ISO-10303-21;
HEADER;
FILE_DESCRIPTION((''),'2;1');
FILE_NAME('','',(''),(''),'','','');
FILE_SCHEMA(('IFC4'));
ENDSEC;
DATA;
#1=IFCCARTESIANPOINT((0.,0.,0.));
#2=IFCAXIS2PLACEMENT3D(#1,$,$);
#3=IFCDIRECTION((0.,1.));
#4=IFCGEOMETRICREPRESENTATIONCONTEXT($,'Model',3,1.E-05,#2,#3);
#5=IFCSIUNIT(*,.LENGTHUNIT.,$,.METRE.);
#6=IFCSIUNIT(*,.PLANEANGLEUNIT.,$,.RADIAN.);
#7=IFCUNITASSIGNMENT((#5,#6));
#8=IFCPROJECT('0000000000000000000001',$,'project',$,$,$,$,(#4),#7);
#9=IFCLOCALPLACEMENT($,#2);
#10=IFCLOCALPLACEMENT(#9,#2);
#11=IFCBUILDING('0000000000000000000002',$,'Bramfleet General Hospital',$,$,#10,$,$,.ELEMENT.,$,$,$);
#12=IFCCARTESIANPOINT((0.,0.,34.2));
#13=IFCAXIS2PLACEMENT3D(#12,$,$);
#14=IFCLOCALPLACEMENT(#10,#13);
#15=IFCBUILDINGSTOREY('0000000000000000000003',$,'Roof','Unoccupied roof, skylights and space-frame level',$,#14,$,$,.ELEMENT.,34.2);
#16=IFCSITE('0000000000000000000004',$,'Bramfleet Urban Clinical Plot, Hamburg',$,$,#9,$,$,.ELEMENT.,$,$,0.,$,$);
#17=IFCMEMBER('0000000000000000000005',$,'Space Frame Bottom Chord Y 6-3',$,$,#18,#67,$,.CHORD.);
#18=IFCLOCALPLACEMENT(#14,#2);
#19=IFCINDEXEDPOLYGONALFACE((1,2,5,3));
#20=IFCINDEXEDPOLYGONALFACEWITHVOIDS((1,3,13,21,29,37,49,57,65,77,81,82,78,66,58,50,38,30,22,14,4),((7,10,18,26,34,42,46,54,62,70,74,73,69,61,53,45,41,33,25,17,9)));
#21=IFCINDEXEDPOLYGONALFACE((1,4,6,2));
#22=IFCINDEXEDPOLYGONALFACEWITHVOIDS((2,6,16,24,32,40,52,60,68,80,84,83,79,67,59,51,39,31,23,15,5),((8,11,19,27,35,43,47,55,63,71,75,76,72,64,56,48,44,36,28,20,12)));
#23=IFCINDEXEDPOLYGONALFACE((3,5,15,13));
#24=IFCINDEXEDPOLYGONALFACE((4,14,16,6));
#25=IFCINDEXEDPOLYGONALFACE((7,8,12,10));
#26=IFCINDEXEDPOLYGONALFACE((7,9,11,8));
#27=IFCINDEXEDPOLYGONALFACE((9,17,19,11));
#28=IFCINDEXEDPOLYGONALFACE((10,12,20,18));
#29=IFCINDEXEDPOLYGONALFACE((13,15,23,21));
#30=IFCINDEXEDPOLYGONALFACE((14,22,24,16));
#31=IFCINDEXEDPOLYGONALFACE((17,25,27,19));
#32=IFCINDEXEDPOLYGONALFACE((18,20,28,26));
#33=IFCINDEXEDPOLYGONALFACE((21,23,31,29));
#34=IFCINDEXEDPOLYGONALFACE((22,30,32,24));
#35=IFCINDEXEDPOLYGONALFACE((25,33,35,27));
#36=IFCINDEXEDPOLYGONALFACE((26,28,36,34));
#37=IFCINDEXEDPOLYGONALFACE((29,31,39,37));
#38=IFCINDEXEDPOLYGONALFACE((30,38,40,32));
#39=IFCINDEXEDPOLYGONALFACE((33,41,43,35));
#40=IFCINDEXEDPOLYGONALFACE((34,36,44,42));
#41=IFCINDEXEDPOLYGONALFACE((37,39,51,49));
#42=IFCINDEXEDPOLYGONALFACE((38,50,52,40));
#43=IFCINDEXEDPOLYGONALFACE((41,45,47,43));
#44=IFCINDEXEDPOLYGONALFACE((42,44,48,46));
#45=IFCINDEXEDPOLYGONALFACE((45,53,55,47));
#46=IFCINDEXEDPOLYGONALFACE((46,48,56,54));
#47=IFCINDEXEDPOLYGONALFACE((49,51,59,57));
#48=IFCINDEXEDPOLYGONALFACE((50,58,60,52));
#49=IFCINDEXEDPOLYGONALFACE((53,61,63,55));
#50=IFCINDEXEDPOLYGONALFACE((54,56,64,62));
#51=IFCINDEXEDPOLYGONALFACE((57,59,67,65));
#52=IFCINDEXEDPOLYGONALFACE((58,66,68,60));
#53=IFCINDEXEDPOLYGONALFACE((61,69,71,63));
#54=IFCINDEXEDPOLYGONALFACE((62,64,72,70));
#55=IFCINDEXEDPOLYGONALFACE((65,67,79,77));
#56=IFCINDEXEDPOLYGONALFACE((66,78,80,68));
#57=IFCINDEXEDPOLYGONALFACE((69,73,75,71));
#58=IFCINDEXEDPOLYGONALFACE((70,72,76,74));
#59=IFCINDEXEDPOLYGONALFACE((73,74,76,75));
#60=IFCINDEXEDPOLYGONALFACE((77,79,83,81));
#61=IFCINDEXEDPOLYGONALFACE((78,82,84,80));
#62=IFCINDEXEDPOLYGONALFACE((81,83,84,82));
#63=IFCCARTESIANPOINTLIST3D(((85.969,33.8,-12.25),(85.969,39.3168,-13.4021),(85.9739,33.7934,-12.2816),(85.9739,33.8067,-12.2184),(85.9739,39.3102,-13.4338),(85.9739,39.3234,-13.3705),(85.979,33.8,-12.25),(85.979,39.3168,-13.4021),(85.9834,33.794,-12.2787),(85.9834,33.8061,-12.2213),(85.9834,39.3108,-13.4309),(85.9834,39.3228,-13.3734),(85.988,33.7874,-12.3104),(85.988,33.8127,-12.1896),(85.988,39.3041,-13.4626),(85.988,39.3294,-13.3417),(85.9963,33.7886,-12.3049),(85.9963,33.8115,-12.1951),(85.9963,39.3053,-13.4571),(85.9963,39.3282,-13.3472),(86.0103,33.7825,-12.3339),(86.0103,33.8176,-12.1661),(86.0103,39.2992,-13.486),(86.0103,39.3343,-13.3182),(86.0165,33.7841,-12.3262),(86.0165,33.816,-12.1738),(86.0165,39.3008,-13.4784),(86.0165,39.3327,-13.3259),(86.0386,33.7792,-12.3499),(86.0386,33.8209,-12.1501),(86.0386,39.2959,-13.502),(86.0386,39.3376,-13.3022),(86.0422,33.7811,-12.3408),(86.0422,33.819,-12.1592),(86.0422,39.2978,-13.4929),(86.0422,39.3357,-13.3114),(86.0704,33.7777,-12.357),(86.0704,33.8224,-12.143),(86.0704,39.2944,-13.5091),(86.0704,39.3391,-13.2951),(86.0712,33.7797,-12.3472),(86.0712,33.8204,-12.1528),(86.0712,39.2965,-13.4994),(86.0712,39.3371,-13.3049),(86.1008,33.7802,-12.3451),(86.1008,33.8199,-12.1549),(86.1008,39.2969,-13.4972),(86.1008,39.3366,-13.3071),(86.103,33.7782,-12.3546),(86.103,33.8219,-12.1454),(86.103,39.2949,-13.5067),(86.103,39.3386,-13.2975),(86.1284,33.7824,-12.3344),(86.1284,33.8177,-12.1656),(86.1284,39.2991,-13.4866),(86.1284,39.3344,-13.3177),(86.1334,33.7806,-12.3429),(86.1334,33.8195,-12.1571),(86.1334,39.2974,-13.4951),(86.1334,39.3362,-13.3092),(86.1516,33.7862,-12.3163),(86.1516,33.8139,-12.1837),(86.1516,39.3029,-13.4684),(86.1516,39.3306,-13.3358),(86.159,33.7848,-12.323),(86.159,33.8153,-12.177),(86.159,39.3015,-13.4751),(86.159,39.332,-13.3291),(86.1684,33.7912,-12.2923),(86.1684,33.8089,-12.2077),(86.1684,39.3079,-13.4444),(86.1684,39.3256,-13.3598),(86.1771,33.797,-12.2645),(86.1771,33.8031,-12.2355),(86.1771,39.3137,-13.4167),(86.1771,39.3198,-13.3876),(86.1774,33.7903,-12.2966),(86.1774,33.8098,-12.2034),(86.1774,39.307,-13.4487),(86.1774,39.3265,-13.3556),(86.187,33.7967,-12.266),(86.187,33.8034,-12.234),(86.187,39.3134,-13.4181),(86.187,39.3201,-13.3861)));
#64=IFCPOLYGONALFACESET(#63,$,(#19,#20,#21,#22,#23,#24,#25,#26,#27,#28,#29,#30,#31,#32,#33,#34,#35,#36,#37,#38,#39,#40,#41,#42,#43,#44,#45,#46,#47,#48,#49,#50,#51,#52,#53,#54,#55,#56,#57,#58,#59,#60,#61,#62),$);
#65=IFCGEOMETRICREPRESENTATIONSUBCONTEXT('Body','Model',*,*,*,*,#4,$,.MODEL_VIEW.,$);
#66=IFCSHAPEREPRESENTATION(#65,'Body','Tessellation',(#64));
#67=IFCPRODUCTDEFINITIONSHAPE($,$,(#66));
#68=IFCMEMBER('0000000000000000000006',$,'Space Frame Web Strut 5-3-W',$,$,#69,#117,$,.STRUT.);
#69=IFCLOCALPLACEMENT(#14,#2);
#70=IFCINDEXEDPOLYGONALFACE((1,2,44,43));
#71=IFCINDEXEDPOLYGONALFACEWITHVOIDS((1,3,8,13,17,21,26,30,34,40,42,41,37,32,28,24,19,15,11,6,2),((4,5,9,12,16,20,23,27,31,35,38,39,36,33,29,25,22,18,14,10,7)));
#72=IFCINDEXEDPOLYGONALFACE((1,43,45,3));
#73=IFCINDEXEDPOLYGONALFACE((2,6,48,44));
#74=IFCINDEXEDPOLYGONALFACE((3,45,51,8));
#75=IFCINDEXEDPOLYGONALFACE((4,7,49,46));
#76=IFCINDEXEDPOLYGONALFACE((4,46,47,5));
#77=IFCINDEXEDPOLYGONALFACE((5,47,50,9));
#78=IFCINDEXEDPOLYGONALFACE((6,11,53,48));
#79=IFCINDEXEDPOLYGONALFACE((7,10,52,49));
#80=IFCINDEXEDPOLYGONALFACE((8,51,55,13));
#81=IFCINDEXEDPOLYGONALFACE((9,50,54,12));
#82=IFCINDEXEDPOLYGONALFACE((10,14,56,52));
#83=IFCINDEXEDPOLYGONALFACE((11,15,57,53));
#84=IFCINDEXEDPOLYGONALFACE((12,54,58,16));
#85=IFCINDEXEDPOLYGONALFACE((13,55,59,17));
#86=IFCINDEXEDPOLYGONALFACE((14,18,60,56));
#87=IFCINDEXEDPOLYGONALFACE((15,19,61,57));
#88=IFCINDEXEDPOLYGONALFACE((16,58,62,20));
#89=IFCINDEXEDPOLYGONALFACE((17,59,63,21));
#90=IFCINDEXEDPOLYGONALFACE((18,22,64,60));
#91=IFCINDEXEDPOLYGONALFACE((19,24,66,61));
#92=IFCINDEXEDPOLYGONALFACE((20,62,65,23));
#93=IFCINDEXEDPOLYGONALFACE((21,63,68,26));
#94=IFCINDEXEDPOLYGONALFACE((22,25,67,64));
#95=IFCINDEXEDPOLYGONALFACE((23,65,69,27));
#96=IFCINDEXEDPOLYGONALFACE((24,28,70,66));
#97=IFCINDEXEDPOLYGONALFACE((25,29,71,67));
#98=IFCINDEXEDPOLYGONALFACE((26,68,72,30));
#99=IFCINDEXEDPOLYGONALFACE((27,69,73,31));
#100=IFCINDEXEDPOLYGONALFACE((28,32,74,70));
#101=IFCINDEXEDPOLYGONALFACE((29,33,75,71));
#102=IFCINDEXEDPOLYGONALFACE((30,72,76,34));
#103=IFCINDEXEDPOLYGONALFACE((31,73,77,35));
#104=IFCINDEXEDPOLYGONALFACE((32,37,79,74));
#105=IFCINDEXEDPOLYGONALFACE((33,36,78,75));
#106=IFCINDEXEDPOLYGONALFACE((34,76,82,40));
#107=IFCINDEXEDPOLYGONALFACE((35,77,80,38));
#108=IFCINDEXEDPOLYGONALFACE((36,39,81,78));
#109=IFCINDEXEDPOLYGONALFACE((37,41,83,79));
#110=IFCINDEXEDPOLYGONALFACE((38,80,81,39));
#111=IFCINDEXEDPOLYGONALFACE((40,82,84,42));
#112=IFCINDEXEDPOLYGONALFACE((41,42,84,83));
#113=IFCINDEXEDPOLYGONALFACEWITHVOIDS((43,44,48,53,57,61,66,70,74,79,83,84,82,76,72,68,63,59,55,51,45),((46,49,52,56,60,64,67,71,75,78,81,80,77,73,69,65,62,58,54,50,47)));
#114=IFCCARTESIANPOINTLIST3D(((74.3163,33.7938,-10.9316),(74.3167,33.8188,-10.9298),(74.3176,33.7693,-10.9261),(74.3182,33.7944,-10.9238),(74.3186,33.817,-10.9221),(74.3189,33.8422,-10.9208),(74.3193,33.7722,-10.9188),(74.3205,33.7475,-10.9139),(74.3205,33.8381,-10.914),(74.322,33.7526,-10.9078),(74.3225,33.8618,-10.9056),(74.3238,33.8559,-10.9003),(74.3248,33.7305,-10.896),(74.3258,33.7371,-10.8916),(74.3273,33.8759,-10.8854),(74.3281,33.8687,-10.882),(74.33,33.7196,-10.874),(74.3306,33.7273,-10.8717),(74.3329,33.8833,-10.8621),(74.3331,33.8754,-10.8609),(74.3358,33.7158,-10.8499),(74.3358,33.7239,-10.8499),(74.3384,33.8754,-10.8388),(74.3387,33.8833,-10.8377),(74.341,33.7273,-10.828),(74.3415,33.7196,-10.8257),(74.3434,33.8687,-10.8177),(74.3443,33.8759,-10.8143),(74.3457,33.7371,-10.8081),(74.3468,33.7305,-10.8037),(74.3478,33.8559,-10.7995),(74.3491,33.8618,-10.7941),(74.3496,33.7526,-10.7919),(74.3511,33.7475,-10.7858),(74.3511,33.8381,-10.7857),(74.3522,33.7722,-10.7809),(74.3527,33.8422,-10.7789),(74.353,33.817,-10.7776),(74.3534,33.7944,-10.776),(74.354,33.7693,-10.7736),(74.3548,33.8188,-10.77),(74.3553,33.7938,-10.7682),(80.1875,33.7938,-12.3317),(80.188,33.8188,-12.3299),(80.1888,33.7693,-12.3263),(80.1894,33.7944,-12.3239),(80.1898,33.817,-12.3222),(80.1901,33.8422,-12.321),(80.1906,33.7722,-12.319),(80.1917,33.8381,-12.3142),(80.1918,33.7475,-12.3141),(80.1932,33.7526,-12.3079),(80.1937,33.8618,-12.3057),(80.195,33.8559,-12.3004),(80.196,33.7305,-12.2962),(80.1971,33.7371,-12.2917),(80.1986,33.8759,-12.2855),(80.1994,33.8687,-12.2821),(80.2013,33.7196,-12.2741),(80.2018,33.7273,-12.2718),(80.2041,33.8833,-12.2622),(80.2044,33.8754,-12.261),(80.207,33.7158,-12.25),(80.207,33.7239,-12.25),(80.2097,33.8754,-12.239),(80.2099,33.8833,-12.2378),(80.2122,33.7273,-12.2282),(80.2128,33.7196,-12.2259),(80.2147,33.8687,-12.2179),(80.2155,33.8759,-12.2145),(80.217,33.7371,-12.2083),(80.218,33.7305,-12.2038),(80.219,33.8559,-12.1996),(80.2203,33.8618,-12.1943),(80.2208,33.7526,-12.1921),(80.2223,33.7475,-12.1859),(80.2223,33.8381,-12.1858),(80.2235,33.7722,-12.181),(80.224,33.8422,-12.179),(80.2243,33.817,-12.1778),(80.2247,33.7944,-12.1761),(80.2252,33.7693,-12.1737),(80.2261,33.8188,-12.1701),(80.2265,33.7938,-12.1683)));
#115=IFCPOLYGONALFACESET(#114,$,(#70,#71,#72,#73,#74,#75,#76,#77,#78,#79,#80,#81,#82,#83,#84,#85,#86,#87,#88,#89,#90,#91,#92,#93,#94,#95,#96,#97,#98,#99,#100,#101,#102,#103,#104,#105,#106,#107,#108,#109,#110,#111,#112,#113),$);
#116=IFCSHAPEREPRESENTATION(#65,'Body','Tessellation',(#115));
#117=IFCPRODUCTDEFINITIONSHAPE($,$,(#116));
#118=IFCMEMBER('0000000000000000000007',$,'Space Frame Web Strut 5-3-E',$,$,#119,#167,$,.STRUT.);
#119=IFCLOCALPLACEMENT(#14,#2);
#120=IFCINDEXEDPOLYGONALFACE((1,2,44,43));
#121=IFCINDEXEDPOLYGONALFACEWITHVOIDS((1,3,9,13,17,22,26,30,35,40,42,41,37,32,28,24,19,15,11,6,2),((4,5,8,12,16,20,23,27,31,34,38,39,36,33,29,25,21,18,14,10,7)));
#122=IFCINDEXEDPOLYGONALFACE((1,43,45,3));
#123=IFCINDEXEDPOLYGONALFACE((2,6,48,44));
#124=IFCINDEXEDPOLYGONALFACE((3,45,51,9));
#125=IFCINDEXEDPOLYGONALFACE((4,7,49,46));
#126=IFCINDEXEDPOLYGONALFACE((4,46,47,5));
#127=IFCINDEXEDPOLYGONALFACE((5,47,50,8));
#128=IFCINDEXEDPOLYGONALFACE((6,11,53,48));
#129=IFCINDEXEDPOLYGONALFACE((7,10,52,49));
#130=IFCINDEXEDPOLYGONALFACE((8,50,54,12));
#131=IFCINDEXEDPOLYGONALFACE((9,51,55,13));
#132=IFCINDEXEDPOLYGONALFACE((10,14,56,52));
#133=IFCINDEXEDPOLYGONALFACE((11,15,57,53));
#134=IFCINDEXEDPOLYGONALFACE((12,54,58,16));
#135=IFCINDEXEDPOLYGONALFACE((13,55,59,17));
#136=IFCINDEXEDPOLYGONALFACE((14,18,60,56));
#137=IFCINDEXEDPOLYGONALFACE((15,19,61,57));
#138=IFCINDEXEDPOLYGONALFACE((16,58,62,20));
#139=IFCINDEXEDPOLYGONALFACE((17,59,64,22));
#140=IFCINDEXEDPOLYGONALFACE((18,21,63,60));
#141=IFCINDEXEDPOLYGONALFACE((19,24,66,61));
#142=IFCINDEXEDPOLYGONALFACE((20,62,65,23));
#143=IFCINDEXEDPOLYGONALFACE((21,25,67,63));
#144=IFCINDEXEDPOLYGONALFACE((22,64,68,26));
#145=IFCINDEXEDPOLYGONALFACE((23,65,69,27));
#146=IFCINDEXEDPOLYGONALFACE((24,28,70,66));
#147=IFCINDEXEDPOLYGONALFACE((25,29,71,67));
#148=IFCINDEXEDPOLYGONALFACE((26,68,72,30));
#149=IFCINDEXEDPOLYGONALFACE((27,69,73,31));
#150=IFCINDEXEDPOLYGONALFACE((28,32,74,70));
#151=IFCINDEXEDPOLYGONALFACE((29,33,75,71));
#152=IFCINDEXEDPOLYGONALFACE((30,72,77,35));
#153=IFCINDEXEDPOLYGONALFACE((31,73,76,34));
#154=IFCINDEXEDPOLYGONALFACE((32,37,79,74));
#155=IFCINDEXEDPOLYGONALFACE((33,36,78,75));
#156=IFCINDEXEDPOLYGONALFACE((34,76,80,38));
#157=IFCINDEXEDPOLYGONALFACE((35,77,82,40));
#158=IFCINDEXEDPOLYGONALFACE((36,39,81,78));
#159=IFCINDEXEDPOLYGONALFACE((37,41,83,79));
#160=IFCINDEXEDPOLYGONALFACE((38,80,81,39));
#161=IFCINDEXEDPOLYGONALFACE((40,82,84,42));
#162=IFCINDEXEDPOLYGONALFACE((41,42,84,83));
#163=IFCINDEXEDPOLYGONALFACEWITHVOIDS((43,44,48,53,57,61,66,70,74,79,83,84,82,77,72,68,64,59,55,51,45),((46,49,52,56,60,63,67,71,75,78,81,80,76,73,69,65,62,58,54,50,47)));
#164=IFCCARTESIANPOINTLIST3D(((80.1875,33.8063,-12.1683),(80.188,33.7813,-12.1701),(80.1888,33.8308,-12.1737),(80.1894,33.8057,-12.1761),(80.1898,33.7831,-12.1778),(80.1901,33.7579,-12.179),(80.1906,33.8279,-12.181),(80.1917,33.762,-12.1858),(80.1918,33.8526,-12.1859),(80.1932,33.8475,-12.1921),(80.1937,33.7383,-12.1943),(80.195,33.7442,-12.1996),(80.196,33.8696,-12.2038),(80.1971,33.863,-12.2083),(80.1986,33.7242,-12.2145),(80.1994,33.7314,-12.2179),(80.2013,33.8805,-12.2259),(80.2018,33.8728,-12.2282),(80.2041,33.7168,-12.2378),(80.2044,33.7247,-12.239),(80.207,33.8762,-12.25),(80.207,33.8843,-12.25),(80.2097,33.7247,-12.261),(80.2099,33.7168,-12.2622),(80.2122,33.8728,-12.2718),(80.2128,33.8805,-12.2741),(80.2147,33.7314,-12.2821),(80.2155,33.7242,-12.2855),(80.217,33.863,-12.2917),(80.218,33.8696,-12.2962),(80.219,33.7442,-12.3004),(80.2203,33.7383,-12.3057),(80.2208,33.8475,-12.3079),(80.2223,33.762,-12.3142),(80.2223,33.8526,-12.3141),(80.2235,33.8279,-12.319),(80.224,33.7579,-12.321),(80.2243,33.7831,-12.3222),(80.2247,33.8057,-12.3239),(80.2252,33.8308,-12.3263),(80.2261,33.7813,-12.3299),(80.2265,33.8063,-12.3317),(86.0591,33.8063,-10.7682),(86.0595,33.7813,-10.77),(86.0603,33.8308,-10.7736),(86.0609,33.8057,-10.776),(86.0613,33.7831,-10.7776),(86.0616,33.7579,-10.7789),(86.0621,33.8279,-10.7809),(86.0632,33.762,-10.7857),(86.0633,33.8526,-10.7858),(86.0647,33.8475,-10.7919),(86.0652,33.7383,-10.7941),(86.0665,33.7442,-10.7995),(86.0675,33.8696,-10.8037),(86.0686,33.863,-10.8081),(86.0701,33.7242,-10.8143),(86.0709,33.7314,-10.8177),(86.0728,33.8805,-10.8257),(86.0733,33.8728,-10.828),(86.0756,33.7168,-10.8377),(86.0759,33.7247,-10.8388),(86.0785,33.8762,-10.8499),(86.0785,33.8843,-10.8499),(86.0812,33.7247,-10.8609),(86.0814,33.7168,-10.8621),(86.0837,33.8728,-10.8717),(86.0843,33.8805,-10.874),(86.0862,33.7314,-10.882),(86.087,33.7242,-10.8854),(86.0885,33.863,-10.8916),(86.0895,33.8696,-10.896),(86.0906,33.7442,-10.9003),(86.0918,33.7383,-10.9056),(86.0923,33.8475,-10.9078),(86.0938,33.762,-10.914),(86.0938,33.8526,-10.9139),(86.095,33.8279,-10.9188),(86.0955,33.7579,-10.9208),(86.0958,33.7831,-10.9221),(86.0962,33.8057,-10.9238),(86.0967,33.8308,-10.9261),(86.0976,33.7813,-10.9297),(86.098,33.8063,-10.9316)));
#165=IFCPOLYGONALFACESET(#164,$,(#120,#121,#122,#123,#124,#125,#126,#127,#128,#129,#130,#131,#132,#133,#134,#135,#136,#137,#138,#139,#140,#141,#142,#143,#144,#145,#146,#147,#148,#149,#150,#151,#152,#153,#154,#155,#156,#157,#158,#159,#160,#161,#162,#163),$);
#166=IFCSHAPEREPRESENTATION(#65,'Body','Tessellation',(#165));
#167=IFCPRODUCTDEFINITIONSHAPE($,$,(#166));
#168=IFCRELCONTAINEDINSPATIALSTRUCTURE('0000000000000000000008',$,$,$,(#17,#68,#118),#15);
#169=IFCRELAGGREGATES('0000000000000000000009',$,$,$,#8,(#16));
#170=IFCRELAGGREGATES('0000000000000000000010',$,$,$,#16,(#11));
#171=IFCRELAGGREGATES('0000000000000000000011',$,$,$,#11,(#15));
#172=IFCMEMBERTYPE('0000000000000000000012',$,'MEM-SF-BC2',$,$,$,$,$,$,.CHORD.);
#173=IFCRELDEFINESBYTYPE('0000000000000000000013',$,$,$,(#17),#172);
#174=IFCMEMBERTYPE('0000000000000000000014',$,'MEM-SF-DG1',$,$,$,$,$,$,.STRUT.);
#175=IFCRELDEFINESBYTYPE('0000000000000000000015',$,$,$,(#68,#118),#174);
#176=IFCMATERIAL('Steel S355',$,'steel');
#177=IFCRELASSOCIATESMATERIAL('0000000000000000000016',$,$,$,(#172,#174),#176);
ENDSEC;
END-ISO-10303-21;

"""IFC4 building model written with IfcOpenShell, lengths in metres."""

from ifc_helpers import new_model, si_unit, direction, frame, origin, origin_2d, place, context, subcontext, project, spatial, hollow_circle, extrude, material, material_profile, profile_set, type_object, element, save


model = new_model("IFC4")

# Units and contexts
model_context = context("Model", 3, precision=1e-05, world=origin(), true_north=direction((0.0, 1.0)))
body_context = subcontext(model_context, "Body", "Model", "MODEL_VIEW")
ifc_project = project(units=[si_unit("LENGTHUNIT", "METRE"), si_unit("PLANEANGLEUNIT", "RADIAN")], contexts=[model_context])

# Site, building, storey
site_placement = place(None, origin())
site = spatial("IfcSite", under=ifc_project, at=site_placement, Name="Bramfleet Urban Clinical Plot, Hamburg", CompositionType="ELEMENT", RefElevation=0.0)
building_placement = place(site_placement, origin())
building = spatial("IfcBuilding", under=site, at=building_placement, Name="Bramfleet General Hospital", CompositionType="ELEMENT")
storey_placement = place(building_placement, frame((0.0, 0.0, 34.2)))
storey = spatial("IfcBuildingStorey", under=building, at=storey_placement, Name="Roof", Description="Unoccupied roof, skylights and space-frame level", CompositionType="ELEMENT", Elevation=34.2)

# Members
ifc_material_1 = material(Name="Steel S355", Category="steel")
ifc_material_profile_1 = material_profile(ifc_material_1, hollow_circle(Radius=0.1096, WallThickness=0.01, at=origin_2d()), Name="CHS 219.1x10.0")
ifc_profile_set_1 = profile_set([ifc_material_profile_1], Name="Steel S355")
member_type_1 = type_object("IfcMemberType", Name="MEM-SF-BC2", PredefinedType="CHORD", material=ifc_profile_set_1)
member_1_placement = place(storey_placement, frame((86.0786, 33.8, -12.25), z_axis=(0.0, 0.978881, -0.204432), x_axis=(-1.0, 0.0, 0.0)))
element("IfcMember", 1, at=member_1_placement, inside=storey, type_object=member_type_1, Name="Space Frame Bottom Chord Y 6-3", PredefinedType="CHORD", context=body_context, shape_type="SweptSolid", body=[
    extrude(hollow_circle(Radius=0.1096, WallThickness=0.01, at=origin_2d()), origin(), (0.0, 0.0, 1.0), 5.6357),
])
ifc_material_profile_2 = material_profile(ifc_material_1, hollow_circle(Radius=0.0842, WallThickness=0.0081, at=origin_2d()), Name="CHS 168.3x8.0")
ifc_profile_set_2 = profile_set([ifc_material_profile_2], Name="Steel S355")
member_type_2 = type_object("IfcMemberType", Name="MEM-SF-DG1", PredefinedType="STRUT", material=ifc_profile_set_2)
member_2_placement = place(storey_placement, frame((80.207, 33.8, -12.25), z_axis=(-0.972724, 0.0, 0.231967), x_axis=(0.0, -1.0, 0.0)))
element("IfcMember", 2, at=member_2_placement, inside=storey, type_object=member_type_2, Name="Space Frame Web Strut 5-3-W", PredefinedType="STRUT", context=body_context, shape_type="SweptSolid", body=[
    extrude(hollow_circle(Radius=0.0842, WallThickness=0.0081, at=origin_2d()), origin(), (0.0, 0.0, 1.0), 6.0359),
])
member_3_placement = place(storey_placement, frame((80.207, 33.8, -12.25), z_axis=(0.972726, 0.0, 0.231958), x_axis=(0.0, 1.0, 0.0)))
element("IfcMember", 3, at=member_3_placement, inside=storey, type_object=member_type_2, Name="Space Frame Web Strut 5-3-E", PredefinedType="STRUT", context=body_context, shape_type="SweptSolid", body=[
    extrude(hollow_circle(Radius=0.0842, WallThickness=0.0081, at=origin_2d()), origin(), (0.0, 0.0, 1.0), 6.0361),
])

save(model, "model.ifc")
